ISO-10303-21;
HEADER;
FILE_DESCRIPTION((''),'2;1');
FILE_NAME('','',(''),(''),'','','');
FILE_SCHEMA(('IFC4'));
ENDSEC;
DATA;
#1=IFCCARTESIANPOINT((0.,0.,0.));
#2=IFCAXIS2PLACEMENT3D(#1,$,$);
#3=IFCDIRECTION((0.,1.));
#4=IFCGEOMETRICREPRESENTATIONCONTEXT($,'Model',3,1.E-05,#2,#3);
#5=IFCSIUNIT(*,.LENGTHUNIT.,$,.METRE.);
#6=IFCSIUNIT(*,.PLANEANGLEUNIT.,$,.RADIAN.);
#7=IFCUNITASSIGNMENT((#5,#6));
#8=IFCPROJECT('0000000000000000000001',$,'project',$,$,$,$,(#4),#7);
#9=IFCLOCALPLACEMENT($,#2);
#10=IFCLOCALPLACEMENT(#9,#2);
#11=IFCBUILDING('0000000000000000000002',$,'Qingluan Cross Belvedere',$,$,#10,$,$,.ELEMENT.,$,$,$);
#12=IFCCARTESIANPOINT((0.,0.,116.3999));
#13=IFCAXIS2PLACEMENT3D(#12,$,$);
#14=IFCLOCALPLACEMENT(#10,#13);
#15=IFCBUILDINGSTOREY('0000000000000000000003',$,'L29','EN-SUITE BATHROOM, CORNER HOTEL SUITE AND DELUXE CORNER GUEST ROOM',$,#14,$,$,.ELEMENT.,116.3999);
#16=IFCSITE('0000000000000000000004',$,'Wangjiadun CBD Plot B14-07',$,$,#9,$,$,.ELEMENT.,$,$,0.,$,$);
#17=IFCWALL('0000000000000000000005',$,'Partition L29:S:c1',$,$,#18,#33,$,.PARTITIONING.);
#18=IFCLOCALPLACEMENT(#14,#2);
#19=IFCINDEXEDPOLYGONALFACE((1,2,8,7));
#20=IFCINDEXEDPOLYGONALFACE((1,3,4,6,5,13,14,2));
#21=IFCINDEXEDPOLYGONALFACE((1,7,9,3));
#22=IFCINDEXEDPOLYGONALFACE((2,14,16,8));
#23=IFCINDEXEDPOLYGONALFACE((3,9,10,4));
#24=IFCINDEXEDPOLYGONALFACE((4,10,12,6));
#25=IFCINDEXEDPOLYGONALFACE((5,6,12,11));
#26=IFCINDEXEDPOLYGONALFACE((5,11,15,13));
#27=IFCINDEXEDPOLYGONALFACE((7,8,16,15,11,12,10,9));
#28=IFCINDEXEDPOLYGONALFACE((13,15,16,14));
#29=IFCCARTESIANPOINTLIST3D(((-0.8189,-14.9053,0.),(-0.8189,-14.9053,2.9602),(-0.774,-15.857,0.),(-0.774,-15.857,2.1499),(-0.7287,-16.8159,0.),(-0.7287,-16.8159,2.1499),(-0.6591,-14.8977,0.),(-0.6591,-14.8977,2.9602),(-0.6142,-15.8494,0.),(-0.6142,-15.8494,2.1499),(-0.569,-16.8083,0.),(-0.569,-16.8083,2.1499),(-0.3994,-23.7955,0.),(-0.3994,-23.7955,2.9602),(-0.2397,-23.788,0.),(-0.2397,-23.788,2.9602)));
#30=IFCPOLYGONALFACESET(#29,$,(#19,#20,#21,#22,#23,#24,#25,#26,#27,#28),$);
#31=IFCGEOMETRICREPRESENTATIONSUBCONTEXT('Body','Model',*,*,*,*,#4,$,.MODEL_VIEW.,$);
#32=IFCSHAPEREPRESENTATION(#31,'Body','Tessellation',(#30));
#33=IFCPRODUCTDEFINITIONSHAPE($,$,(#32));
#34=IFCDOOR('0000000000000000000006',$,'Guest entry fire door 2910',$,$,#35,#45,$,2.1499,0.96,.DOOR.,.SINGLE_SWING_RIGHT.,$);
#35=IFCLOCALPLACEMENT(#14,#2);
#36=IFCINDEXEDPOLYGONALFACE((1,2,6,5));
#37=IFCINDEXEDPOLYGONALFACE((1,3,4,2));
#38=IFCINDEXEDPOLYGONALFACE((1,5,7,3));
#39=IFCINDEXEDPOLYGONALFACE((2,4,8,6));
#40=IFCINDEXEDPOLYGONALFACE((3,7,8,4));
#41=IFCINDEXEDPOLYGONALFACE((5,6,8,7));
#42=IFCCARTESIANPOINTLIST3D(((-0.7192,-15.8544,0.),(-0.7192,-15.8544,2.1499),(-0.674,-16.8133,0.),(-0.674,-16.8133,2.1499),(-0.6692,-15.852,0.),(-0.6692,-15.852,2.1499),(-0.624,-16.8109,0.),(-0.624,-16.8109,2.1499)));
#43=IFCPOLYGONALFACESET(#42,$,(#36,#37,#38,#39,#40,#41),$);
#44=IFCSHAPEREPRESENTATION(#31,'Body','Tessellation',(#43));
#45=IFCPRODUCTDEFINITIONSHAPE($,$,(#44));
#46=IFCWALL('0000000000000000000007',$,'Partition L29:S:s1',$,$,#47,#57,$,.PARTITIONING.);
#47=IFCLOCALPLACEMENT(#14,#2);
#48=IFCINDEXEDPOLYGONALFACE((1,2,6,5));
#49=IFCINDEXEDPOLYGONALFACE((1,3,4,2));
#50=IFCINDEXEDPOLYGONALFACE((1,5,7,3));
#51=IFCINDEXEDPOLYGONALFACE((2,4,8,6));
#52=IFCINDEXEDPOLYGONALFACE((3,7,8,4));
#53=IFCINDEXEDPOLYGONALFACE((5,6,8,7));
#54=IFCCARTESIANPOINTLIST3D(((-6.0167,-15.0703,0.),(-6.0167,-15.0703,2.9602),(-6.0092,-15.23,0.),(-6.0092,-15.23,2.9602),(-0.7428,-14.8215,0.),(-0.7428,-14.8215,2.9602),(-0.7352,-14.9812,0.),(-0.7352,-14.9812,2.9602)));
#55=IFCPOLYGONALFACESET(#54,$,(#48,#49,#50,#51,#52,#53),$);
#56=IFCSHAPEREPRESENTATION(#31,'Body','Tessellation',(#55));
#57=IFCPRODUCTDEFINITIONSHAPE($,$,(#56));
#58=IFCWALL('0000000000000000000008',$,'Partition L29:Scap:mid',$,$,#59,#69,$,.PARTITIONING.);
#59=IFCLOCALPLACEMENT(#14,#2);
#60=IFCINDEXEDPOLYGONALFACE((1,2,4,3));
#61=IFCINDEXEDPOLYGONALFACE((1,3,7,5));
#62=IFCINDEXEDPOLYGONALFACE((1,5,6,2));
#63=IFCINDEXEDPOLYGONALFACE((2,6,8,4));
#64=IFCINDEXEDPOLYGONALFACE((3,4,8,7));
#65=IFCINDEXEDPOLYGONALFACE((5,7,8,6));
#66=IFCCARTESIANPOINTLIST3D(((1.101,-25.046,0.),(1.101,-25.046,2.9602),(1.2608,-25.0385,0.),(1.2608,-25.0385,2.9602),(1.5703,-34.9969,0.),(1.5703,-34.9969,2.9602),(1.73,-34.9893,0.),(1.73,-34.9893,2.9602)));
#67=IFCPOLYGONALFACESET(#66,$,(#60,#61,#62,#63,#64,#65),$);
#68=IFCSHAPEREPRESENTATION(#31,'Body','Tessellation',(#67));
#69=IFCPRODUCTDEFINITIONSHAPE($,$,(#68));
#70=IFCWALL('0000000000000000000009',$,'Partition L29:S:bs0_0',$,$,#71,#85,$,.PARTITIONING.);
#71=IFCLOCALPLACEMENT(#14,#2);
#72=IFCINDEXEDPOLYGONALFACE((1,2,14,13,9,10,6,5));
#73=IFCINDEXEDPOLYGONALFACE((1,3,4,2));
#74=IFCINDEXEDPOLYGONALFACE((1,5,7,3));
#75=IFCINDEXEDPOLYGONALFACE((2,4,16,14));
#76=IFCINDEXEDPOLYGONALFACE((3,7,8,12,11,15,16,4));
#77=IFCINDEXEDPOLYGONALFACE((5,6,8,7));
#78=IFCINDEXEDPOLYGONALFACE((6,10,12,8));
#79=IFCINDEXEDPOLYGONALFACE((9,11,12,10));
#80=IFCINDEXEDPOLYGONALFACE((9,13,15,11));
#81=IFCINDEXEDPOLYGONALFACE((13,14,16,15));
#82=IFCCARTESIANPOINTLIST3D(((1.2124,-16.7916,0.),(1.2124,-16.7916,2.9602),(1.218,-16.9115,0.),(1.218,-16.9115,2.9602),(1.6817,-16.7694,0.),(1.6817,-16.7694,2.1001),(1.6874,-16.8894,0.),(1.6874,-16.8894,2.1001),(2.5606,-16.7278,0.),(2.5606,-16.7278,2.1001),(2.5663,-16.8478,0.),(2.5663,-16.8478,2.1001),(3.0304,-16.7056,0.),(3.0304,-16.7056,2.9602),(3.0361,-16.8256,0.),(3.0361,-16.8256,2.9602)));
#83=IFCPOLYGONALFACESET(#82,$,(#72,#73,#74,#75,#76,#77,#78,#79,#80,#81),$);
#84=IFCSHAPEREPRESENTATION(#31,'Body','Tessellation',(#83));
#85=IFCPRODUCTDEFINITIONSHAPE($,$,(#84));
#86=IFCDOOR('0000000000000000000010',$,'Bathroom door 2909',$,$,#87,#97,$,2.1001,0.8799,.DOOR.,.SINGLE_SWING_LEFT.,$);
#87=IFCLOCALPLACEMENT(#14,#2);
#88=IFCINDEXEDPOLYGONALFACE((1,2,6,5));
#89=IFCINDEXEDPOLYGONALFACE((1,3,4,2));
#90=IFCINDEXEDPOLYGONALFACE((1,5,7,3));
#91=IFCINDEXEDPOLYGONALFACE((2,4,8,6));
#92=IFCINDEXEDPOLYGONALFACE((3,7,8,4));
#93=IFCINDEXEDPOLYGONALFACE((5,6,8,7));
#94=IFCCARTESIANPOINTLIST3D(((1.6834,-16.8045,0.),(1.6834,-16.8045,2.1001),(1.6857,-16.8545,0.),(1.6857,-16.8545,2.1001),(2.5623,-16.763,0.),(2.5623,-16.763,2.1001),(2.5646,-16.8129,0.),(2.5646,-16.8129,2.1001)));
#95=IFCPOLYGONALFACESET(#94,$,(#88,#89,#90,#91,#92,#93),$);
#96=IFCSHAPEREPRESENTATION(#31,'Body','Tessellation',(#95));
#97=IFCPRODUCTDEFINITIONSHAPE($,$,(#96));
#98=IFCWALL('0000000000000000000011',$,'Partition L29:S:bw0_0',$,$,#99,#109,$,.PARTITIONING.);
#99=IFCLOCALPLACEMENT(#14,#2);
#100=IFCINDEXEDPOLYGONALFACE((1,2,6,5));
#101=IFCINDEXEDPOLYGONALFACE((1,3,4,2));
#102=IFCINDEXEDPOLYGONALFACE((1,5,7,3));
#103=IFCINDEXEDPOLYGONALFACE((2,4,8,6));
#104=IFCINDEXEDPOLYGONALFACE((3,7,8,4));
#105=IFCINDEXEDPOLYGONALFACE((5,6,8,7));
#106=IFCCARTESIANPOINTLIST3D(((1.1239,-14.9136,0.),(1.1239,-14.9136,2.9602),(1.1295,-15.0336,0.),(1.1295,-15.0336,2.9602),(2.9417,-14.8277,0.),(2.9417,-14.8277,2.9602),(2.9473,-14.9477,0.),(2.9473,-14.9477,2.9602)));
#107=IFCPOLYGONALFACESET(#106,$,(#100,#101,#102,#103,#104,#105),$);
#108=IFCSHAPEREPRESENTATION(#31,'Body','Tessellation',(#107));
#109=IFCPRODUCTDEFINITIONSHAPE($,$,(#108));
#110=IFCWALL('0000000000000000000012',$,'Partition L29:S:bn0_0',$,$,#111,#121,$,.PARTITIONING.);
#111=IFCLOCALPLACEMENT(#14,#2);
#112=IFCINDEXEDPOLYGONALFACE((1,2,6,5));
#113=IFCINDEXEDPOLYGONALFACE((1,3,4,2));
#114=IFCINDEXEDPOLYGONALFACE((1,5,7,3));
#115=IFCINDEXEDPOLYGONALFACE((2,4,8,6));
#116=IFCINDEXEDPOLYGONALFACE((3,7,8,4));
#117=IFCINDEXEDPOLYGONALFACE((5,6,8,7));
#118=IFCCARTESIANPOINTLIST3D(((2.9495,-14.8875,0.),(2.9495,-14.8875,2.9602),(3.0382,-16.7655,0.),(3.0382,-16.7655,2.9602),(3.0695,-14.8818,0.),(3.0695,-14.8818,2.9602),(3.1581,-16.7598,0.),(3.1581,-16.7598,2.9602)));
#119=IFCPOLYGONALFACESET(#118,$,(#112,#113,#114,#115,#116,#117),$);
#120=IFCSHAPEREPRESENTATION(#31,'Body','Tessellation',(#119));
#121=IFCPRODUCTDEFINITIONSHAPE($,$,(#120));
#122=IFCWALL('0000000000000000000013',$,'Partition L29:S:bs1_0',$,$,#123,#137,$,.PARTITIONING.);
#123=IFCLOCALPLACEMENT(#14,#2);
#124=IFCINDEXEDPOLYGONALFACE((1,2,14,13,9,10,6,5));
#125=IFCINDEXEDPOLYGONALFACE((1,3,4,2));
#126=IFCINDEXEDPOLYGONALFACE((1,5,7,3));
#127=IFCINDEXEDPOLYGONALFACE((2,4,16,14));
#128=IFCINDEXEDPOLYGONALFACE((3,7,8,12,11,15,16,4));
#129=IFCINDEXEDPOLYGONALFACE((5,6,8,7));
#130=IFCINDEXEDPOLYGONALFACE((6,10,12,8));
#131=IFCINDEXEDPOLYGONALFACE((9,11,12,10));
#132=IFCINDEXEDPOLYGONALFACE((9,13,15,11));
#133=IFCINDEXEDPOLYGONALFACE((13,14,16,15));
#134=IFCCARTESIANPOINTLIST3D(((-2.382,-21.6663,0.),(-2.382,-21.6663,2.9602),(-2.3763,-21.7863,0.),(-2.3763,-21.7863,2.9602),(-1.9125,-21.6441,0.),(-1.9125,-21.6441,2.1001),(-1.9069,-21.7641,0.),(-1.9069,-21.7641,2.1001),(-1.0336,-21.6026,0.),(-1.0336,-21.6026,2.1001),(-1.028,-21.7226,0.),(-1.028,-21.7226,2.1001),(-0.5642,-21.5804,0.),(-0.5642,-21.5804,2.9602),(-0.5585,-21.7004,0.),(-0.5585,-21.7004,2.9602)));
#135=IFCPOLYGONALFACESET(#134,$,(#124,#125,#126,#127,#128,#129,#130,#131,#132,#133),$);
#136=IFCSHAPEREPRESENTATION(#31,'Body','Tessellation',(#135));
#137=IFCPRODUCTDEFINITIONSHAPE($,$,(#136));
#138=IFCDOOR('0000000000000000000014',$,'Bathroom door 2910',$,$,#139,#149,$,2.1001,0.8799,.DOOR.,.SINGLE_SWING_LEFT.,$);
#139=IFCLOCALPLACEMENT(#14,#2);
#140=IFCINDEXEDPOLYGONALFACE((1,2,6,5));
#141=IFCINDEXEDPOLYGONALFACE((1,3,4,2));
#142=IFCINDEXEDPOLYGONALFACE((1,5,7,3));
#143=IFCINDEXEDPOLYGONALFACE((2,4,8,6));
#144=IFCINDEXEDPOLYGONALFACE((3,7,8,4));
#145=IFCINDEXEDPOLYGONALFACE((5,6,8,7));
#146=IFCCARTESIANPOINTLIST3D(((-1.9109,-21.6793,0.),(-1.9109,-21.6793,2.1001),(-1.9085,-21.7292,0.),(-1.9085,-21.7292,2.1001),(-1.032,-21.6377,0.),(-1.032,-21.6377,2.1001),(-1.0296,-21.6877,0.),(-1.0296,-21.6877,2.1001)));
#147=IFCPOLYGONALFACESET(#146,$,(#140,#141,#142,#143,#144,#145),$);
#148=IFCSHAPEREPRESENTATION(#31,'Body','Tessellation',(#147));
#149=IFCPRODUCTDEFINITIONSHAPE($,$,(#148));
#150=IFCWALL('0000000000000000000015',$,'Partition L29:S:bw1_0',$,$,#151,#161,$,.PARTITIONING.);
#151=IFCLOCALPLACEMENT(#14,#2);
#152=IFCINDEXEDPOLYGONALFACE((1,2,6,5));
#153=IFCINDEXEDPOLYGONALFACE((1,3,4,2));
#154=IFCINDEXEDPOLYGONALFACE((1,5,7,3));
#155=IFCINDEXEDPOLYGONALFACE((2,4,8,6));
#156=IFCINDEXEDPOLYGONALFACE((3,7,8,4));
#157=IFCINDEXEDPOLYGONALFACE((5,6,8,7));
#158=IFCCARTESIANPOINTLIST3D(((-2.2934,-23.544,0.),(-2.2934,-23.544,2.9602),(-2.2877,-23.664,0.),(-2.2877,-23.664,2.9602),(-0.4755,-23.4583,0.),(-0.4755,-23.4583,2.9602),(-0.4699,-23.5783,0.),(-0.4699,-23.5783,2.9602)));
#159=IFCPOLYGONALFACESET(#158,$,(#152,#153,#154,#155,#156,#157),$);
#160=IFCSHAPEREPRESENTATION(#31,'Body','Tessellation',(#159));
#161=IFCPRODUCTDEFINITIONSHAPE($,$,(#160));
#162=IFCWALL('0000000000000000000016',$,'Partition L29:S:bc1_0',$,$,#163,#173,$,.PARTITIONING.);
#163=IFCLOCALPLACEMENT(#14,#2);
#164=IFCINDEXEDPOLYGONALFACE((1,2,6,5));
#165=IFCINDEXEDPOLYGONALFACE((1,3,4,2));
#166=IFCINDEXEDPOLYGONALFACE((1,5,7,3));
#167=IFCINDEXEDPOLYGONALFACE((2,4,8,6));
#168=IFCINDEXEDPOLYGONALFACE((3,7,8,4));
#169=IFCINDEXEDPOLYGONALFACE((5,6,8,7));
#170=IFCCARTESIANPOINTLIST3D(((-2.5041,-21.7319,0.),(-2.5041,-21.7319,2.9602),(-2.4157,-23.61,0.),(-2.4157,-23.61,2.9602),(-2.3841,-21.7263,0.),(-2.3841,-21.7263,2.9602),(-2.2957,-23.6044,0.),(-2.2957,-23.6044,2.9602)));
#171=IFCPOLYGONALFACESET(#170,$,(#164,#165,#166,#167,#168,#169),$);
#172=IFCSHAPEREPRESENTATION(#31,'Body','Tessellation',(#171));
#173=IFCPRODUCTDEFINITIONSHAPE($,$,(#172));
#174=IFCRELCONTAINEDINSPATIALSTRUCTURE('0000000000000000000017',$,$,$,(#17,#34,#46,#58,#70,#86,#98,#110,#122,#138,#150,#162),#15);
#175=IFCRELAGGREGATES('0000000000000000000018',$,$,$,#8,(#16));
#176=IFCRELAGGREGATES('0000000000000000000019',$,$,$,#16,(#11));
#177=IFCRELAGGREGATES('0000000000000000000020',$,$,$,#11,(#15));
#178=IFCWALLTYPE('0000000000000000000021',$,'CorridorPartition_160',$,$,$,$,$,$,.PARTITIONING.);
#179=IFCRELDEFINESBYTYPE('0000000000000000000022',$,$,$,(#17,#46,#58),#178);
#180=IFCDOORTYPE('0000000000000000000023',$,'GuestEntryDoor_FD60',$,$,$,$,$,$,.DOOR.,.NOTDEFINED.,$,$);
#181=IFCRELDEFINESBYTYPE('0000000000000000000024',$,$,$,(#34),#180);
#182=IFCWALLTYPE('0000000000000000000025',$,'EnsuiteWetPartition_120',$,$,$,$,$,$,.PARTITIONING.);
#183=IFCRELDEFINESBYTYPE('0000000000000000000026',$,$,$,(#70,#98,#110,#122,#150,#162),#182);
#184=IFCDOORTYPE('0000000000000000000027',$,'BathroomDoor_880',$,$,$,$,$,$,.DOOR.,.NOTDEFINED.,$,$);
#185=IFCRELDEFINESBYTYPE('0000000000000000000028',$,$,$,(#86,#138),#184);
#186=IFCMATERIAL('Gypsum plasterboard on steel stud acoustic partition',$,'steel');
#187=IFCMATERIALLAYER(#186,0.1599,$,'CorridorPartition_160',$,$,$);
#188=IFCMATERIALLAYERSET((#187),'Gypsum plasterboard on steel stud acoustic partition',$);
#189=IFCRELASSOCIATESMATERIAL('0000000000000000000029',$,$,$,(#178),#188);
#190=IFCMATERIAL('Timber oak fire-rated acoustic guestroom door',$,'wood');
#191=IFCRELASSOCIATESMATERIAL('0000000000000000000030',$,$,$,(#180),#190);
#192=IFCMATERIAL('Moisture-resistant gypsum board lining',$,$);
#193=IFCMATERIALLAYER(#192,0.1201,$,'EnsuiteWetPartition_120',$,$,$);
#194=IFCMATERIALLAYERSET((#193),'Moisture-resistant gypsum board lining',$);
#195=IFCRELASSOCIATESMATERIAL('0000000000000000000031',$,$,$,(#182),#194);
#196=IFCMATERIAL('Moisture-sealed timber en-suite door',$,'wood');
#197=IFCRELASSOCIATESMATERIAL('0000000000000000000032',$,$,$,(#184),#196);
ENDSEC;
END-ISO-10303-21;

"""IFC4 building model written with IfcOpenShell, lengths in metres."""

from ifc_helpers import new_model, si_unit, direction, frame, frame_2d, origin, place, context, subcontext, project, spatial, rectangle, extrude, material, layer, layer_set, type_object, element, fill, save


model = new_model("IFC4")

# Units and contexts
model_context = context("Model", 3, precision=1e-05, world=origin(), true_north=direction((0.0, 1.0)))
body_context = subcontext(model_context, "Body", "Model", "MODEL_VIEW")
ifc_project = project(units=[si_unit("LENGTHUNIT", "METRE"), si_unit("PLANEANGLEUNIT", "RADIAN")], contexts=[model_context])

# Site, building, storey
site_placement = place(None, origin())
site = spatial("IfcSite", under=ifc_project, at=site_placement, Name="Wangjiadun CBD Plot B14-07", CompositionType="ELEMENT", RefElevation=0.0)
building_placement = place(site_placement, origin())
building = spatial("IfcBuilding", under=site, at=building_placement, Name="Qingluan Cross Belvedere", CompositionType="ELEMENT")
storey_placement = place(building_placement, frame((0.0, 0.0, 116.3999)))
storey = spatial("IfcBuildingStorey", under=building, at=storey_placement, Name="L29", Description="EN-SUITE BATHROOM, CORNER HOTEL SUITE AND DELUXE CORNER GUEST ROOM", CompositionType="ELEMENT", Elevation=116.3999)

# Wall, opening, door
ifc_material_1 = material(Name="Gypsum plasterboard on steel stud acoustic partition", Category="steel")
ifc_layer_1 = layer(ifc_material_1, 0.1599, Name="CorridorPartition_160")
ifc_layer_set_1 = layer_set([ifc_layer_1], Name="Gypsum plasterboard on steel stud acoustic partition")
wall_type_1 = type_object("IfcWallType", Name="CorridorPartition_160", PredefinedType="PARTITIONING", material=ifc_layer_set_1)
ifc_material_2 = material(Name="Timber oak fire-rated acoustic guestroom door", Category="wood")
door_type_1 = type_object("IfcDoorType", Name="GuestEntryDoor_FD60", OperationType="NOTDEFINED", PredefinedType="DOOR", material=ifc_material_2)
wall_1_placement = place(storey_placement, frame((-0.739, -14.9014, 0.0), z_axis=(0.0, 0.0, 1.0), x_axis=(0.047127, -0.998889, 0.0)))
wall_1 = element("IfcWall", 1, at=wall_1_placement, inside=storey, type_object=wall_type_1, Name="Partition L29:S:c1", PredefinedType="PARTITIONING", context=body_context, shape_type="SweptSolid", body=[
    extrude(rectangle(XDim=8.9001, YDim=0.1599, at=frame_2d((4.4502, 0.0))), origin(), (0.0, 0.0, 1.0), 2.9602),
])
opening_1_placement = place(wall_1_placement, frame((0.9529, 0.0, 0.0)))
opening_1 = element("IfcOpeningElement", 2, at=opening_1_placement, cuts=wall_1, PredefinedType="OPENING", context=body_context, shape_type="SweptSolid", body=[
    extrude(rectangle(XDim=0.96, YDim=2.1499, at=frame_2d((0.48, 1.075))), frame((0.0, 0.0898, 0.0), z_axis=(0.0, -1.0, 0.0), x_axis=(1.0, 0.0, 0.0)), (0.0, 0.0, 1.0), 0.1799),
])
door_1_placement = place(opening_1_placement, origin())
door_1 = element("IfcDoor", 3, at=door_1_placement, inside=storey, type_object=door_type_1, Name="Guest entry fire door 2910", OperationType="SINGLE_SWING_RIGHT", OverallHeight=2.1499, OverallWidth=0.96, PredefinedType="DOOR", context=body_context, shape_type="SweptSolid", body=[
    extrude(rectangle(XDim=0.96, YDim=2.1499, at=frame_2d((0.48, 1.075))), frame((0.0, 0.0249, 0.0), z_axis=(0.0, -1.0, 0.0), x_axis=(1.0, 0.0, 0.0)), (0.0, 0.0, 1.0), 0.05),
])
fill(opening_1, door_1)

# Walls
wall_2_placement = place(storey_placement, frame((-0.739, -14.9014, 0.0), z_axis=(0.0, 0.0, 1.0), x_axis=(-0.998889, -0.047119, 0.0)))
element("IfcWall", 4, at=wall_2_placement, inside=storey, type_object=wall_type_1, Name="Partition L29:S:s1", PredefinedType="PARTITIONING", context=body_context, shape_type="SweptSolid", body=[
    extrude(rectangle(XDim=5.2798, YDim=0.1599, at=frame_2d((2.6399, 0.0))), origin(), (0.0, 0.0, 1.0), 2.9602),
])
wall_3_placement = place(storey_placement, frame((1.1809, -25.0422, 0.0), z_axis=(0.0, 0.0, 1.0), x_axis=(0.047103, -0.99889, 0.0)))
element("IfcWall", 5, at=wall_3_placement, inside=storey, type_object=wall_type_1, Name="Partition L29:Scap:mid", PredefinedType="PARTITIONING", context=body_context, shape_type="SweptSolid", body=[
    extrude(rectangle(XDim=9.9619, YDim=0.1599, at=frame_2d((4.981, 0.0))), origin(), (0.0, 0.0, 1.0), 2.9602),
])

# Wall, opening, door
ifc_material_3 = material(Name="Moisture-resistant gypsum board lining")
ifc_layer_2 = layer(ifc_material_3, 0.1201, Name="EnsuiteWetPartition_120")
ifc_layer_set_2 = layer_set([ifc_layer_2], Name="Moisture-resistant gypsum board lining")
wall_type_2 = type_object("IfcWallType", Name="EnsuiteWetPartition_120", PredefinedType="PARTITIONING", material=ifc_layer_set_2)
wall_4_placement = place(storey_placement, frame((1.2151, -16.8516, 0.0), z_axis=(0.0, 0.0, 1.0), x_axis=(0.998885, 0.047215, 0.0)))
wall_4 = element("IfcWall", 6, at=wall_4_placement, inside=storey, type_object=wall_type_2, Name="Partition L29:S:bs0_0", PredefinedType="PARTITIONING", context=body_context, shape_type="SweptSolid", body=[
    extrude(rectangle(XDim=1.8201, YDim=0.1201, at=frame_2d((0.9102, 0.0))), origin(), (0.0, 0.0, 1.0), 2.9602),
])
opening_2_placement = place(wall_4_placement, frame((0.47, 0.0, 0.0)))
opening_2 = element("IfcOpeningElement", 7, at=opening_2_placement, cuts=wall_4, PredefinedType="OPENING", context=body_context, shape_type="SweptSolid", body=[
    extrude(rectangle(XDim=0.8799, YDim=2.1001, at=frame_2d((0.4399, 1.05))), frame((0.0, 0.0701, 0.0), z_axis=(0.0, -1.0, 0.0), x_axis=(1.0, 0.0, 0.0)), (0.0, 0.0, 1.0), 0.1401),
])
ifc_material_4 = material(Name="Moisture-sealed timber en-suite door", Category="wood")
door_type_2 = type_object("IfcDoorType", Name="BathroomDoor_880", OperationType="NOTDEFINED", PredefinedType="DOOR", material=ifc_material_4)
door_2_placement = place(opening_2_placement, origin())
door_2 = element("IfcDoor", 8, at=door_2_placement, inside=storey, type_object=door_type_2, Name="Bathroom door 2909", OperationType="SINGLE_SWING_LEFT", OverallHeight=2.1001, OverallWidth=0.8799, PredefinedType="DOOR", context=body_context, shape_type="SweptSolid", body=[
    extrude(rectangle(XDim=0.8799, YDim=2.1001, at=frame_2d((0.4399, 1.05))), frame((0.0, 0.0249, 0.0), z_axis=(0.0, -1.0, 0.0), x_axis=(1.0, 0.0, 0.0)), (0.0, 0.0, 1.0), 0.05),
])
fill(opening_2, door_2)

# Walls
wall_5_placement = place(storey_placement, frame((1.1267, -14.9736, 0.0), z_axis=(0.0, 0.0, 1.0), x_axis=(0.998884, 0.047221, 0.0)))
element("IfcWall", 9, at=wall_5_placement, inside=storey, type_object=wall_type_2, Name="Partition L29:S:bw0_0", PredefinedType="PARTITIONING", context=body_context, shape_type="SweptSolid", body=[
    extrude(rectangle(XDim=1.8198, YDim=0.1201, at=frame_2d((0.9099, 0.0))), origin(), (0.0, 0.0, 1.0), 2.9602),
])
wall_6_placement = place(storey_placement, frame((3.0095, -14.8848, 0.0), z_axis=(0.0, 0.0, 1.0), x_axis=(0.047139, -0.998888, 0.0)))
element("IfcWall", 10, at=wall_6_placement, inside=storey, type_object=wall_type_2, Name="Partition L29:S:bn0_0", PredefinedType="PARTITIONING", context=body_context, shape_type="SweptSolid", body=[
    extrude(rectangle(XDim=1.8801, YDim=0.1201, at=frame_2d((0.9399, 0.0))), origin(), (0.0, 0.0, 1.0), 2.9602),
])

# Wall, opening, door
wall_7_placement = place(storey_placement, frame((-2.3792, -21.7263, 0.0), z_axis=(0.0, 0.0, 1.0), x_axis=(0.998884, 0.047221, 0.0)))
wall_7 = element("IfcWall", 11, at=wall_7_placement, inside=storey, type_object=wall_type_2, Name="Partition L29:S:bs1_0", PredefinedType="PARTITIONING", context=body_context, shape_type="SweptSolid", body=[
    extrude(rectangle(XDim=1.8198, YDim=0.1201, at=frame_2d((0.9099, 0.0))), origin(), (0.0, 0.0, 1.0), 2.9602),
])
opening_3_placement = place(wall_7_placement, frame((0.47, 0.0, 0.0)))
opening_3 = element("IfcOpeningElement", 12, at=opening_3_placement, cuts=wall_7, PredefinedType="OPENING", context=body_context, shape_type="SweptSolid", body=[
    extrude(rectangle(XDim=0.8799, YDim=2.1001, at=frame_2d((0.4399, 1.05))), frame((0.0, 0.0701, 0.0), z_axis=(0.0, -1.0, 0.0), x_axis=(1.0, 0.0, 0.0)), (0.0, 0.0, 1.0), 0.1401),
])
door_3_placement = place(opening_3_placement, origin())
door_3 = element("IfcDoor", 13, at=door_3_placement, inside=storey, type_object=door_type_2, Name="Bathroom door 2910", OperationType="SINGLE_SWING_LEFT", OverallHeight=2.1001, OverallWidth=0.8799, PredefinedType="DOOR", context=body_context, shape_type="SweptSolid", body=[
    extrude(rectangle(XDim=0.8799, YDim=2.1001, at=frame_2d((0.4399, 1.05))), frame((0.0, 0.0249, 0.0), z_axis=(0.0, -1.0, 0.0), x_axis=(1.0, 0.0, 0.0)), (0.0, 0.0, 1.0), 0.05),
])
fill(opening_3, door_3)

# Walls
wall_8_placement = place(storey_placement, frame((-2.2905, -23.604, 0.0), z_axis=(0.0, 0.0, 1.0), x_axis=(0.998891, 0.047087, 0.0)))
element("IfcWall", 14, at=wall_8_placement, inside=storey, type_object=wall_type_2, Name="Partition L29:S:bw1_0", PredefinedType="PARTITIONING", context=body_context, shape_type="SweptSolid", body=[
    extrude(rectangle(XDim=1.8198, YDim=0.1201, at=frame_2d((0.9099, 0.0))), origin(), (0.0, 0.0, 1.0), 2.9602),
])
wall_9_placement = place(storey_placement, frame((-2.4441, -21.7292, 0.0), z_axis=(0.0, 0.0, 1.0), x_axis=(0.04701, -0.998894, 0.0)))
element("IfcWall", 15, at=wall_9_placement, inside=storey, type_object=wall_type_2, Name="Partition L29:S:bc1_0", PredefinedType="PARTITIONING", context=body_context, shape_type="SweptSolid", body=[
    extrude(rectangle(XDim=1.8801, YDim=0.1201, at=frame_2d((0.9399, 0.0))), origin(), (0.0, 0.0, 1.0), 2.9602),
])

save(model, "model.ifc")
